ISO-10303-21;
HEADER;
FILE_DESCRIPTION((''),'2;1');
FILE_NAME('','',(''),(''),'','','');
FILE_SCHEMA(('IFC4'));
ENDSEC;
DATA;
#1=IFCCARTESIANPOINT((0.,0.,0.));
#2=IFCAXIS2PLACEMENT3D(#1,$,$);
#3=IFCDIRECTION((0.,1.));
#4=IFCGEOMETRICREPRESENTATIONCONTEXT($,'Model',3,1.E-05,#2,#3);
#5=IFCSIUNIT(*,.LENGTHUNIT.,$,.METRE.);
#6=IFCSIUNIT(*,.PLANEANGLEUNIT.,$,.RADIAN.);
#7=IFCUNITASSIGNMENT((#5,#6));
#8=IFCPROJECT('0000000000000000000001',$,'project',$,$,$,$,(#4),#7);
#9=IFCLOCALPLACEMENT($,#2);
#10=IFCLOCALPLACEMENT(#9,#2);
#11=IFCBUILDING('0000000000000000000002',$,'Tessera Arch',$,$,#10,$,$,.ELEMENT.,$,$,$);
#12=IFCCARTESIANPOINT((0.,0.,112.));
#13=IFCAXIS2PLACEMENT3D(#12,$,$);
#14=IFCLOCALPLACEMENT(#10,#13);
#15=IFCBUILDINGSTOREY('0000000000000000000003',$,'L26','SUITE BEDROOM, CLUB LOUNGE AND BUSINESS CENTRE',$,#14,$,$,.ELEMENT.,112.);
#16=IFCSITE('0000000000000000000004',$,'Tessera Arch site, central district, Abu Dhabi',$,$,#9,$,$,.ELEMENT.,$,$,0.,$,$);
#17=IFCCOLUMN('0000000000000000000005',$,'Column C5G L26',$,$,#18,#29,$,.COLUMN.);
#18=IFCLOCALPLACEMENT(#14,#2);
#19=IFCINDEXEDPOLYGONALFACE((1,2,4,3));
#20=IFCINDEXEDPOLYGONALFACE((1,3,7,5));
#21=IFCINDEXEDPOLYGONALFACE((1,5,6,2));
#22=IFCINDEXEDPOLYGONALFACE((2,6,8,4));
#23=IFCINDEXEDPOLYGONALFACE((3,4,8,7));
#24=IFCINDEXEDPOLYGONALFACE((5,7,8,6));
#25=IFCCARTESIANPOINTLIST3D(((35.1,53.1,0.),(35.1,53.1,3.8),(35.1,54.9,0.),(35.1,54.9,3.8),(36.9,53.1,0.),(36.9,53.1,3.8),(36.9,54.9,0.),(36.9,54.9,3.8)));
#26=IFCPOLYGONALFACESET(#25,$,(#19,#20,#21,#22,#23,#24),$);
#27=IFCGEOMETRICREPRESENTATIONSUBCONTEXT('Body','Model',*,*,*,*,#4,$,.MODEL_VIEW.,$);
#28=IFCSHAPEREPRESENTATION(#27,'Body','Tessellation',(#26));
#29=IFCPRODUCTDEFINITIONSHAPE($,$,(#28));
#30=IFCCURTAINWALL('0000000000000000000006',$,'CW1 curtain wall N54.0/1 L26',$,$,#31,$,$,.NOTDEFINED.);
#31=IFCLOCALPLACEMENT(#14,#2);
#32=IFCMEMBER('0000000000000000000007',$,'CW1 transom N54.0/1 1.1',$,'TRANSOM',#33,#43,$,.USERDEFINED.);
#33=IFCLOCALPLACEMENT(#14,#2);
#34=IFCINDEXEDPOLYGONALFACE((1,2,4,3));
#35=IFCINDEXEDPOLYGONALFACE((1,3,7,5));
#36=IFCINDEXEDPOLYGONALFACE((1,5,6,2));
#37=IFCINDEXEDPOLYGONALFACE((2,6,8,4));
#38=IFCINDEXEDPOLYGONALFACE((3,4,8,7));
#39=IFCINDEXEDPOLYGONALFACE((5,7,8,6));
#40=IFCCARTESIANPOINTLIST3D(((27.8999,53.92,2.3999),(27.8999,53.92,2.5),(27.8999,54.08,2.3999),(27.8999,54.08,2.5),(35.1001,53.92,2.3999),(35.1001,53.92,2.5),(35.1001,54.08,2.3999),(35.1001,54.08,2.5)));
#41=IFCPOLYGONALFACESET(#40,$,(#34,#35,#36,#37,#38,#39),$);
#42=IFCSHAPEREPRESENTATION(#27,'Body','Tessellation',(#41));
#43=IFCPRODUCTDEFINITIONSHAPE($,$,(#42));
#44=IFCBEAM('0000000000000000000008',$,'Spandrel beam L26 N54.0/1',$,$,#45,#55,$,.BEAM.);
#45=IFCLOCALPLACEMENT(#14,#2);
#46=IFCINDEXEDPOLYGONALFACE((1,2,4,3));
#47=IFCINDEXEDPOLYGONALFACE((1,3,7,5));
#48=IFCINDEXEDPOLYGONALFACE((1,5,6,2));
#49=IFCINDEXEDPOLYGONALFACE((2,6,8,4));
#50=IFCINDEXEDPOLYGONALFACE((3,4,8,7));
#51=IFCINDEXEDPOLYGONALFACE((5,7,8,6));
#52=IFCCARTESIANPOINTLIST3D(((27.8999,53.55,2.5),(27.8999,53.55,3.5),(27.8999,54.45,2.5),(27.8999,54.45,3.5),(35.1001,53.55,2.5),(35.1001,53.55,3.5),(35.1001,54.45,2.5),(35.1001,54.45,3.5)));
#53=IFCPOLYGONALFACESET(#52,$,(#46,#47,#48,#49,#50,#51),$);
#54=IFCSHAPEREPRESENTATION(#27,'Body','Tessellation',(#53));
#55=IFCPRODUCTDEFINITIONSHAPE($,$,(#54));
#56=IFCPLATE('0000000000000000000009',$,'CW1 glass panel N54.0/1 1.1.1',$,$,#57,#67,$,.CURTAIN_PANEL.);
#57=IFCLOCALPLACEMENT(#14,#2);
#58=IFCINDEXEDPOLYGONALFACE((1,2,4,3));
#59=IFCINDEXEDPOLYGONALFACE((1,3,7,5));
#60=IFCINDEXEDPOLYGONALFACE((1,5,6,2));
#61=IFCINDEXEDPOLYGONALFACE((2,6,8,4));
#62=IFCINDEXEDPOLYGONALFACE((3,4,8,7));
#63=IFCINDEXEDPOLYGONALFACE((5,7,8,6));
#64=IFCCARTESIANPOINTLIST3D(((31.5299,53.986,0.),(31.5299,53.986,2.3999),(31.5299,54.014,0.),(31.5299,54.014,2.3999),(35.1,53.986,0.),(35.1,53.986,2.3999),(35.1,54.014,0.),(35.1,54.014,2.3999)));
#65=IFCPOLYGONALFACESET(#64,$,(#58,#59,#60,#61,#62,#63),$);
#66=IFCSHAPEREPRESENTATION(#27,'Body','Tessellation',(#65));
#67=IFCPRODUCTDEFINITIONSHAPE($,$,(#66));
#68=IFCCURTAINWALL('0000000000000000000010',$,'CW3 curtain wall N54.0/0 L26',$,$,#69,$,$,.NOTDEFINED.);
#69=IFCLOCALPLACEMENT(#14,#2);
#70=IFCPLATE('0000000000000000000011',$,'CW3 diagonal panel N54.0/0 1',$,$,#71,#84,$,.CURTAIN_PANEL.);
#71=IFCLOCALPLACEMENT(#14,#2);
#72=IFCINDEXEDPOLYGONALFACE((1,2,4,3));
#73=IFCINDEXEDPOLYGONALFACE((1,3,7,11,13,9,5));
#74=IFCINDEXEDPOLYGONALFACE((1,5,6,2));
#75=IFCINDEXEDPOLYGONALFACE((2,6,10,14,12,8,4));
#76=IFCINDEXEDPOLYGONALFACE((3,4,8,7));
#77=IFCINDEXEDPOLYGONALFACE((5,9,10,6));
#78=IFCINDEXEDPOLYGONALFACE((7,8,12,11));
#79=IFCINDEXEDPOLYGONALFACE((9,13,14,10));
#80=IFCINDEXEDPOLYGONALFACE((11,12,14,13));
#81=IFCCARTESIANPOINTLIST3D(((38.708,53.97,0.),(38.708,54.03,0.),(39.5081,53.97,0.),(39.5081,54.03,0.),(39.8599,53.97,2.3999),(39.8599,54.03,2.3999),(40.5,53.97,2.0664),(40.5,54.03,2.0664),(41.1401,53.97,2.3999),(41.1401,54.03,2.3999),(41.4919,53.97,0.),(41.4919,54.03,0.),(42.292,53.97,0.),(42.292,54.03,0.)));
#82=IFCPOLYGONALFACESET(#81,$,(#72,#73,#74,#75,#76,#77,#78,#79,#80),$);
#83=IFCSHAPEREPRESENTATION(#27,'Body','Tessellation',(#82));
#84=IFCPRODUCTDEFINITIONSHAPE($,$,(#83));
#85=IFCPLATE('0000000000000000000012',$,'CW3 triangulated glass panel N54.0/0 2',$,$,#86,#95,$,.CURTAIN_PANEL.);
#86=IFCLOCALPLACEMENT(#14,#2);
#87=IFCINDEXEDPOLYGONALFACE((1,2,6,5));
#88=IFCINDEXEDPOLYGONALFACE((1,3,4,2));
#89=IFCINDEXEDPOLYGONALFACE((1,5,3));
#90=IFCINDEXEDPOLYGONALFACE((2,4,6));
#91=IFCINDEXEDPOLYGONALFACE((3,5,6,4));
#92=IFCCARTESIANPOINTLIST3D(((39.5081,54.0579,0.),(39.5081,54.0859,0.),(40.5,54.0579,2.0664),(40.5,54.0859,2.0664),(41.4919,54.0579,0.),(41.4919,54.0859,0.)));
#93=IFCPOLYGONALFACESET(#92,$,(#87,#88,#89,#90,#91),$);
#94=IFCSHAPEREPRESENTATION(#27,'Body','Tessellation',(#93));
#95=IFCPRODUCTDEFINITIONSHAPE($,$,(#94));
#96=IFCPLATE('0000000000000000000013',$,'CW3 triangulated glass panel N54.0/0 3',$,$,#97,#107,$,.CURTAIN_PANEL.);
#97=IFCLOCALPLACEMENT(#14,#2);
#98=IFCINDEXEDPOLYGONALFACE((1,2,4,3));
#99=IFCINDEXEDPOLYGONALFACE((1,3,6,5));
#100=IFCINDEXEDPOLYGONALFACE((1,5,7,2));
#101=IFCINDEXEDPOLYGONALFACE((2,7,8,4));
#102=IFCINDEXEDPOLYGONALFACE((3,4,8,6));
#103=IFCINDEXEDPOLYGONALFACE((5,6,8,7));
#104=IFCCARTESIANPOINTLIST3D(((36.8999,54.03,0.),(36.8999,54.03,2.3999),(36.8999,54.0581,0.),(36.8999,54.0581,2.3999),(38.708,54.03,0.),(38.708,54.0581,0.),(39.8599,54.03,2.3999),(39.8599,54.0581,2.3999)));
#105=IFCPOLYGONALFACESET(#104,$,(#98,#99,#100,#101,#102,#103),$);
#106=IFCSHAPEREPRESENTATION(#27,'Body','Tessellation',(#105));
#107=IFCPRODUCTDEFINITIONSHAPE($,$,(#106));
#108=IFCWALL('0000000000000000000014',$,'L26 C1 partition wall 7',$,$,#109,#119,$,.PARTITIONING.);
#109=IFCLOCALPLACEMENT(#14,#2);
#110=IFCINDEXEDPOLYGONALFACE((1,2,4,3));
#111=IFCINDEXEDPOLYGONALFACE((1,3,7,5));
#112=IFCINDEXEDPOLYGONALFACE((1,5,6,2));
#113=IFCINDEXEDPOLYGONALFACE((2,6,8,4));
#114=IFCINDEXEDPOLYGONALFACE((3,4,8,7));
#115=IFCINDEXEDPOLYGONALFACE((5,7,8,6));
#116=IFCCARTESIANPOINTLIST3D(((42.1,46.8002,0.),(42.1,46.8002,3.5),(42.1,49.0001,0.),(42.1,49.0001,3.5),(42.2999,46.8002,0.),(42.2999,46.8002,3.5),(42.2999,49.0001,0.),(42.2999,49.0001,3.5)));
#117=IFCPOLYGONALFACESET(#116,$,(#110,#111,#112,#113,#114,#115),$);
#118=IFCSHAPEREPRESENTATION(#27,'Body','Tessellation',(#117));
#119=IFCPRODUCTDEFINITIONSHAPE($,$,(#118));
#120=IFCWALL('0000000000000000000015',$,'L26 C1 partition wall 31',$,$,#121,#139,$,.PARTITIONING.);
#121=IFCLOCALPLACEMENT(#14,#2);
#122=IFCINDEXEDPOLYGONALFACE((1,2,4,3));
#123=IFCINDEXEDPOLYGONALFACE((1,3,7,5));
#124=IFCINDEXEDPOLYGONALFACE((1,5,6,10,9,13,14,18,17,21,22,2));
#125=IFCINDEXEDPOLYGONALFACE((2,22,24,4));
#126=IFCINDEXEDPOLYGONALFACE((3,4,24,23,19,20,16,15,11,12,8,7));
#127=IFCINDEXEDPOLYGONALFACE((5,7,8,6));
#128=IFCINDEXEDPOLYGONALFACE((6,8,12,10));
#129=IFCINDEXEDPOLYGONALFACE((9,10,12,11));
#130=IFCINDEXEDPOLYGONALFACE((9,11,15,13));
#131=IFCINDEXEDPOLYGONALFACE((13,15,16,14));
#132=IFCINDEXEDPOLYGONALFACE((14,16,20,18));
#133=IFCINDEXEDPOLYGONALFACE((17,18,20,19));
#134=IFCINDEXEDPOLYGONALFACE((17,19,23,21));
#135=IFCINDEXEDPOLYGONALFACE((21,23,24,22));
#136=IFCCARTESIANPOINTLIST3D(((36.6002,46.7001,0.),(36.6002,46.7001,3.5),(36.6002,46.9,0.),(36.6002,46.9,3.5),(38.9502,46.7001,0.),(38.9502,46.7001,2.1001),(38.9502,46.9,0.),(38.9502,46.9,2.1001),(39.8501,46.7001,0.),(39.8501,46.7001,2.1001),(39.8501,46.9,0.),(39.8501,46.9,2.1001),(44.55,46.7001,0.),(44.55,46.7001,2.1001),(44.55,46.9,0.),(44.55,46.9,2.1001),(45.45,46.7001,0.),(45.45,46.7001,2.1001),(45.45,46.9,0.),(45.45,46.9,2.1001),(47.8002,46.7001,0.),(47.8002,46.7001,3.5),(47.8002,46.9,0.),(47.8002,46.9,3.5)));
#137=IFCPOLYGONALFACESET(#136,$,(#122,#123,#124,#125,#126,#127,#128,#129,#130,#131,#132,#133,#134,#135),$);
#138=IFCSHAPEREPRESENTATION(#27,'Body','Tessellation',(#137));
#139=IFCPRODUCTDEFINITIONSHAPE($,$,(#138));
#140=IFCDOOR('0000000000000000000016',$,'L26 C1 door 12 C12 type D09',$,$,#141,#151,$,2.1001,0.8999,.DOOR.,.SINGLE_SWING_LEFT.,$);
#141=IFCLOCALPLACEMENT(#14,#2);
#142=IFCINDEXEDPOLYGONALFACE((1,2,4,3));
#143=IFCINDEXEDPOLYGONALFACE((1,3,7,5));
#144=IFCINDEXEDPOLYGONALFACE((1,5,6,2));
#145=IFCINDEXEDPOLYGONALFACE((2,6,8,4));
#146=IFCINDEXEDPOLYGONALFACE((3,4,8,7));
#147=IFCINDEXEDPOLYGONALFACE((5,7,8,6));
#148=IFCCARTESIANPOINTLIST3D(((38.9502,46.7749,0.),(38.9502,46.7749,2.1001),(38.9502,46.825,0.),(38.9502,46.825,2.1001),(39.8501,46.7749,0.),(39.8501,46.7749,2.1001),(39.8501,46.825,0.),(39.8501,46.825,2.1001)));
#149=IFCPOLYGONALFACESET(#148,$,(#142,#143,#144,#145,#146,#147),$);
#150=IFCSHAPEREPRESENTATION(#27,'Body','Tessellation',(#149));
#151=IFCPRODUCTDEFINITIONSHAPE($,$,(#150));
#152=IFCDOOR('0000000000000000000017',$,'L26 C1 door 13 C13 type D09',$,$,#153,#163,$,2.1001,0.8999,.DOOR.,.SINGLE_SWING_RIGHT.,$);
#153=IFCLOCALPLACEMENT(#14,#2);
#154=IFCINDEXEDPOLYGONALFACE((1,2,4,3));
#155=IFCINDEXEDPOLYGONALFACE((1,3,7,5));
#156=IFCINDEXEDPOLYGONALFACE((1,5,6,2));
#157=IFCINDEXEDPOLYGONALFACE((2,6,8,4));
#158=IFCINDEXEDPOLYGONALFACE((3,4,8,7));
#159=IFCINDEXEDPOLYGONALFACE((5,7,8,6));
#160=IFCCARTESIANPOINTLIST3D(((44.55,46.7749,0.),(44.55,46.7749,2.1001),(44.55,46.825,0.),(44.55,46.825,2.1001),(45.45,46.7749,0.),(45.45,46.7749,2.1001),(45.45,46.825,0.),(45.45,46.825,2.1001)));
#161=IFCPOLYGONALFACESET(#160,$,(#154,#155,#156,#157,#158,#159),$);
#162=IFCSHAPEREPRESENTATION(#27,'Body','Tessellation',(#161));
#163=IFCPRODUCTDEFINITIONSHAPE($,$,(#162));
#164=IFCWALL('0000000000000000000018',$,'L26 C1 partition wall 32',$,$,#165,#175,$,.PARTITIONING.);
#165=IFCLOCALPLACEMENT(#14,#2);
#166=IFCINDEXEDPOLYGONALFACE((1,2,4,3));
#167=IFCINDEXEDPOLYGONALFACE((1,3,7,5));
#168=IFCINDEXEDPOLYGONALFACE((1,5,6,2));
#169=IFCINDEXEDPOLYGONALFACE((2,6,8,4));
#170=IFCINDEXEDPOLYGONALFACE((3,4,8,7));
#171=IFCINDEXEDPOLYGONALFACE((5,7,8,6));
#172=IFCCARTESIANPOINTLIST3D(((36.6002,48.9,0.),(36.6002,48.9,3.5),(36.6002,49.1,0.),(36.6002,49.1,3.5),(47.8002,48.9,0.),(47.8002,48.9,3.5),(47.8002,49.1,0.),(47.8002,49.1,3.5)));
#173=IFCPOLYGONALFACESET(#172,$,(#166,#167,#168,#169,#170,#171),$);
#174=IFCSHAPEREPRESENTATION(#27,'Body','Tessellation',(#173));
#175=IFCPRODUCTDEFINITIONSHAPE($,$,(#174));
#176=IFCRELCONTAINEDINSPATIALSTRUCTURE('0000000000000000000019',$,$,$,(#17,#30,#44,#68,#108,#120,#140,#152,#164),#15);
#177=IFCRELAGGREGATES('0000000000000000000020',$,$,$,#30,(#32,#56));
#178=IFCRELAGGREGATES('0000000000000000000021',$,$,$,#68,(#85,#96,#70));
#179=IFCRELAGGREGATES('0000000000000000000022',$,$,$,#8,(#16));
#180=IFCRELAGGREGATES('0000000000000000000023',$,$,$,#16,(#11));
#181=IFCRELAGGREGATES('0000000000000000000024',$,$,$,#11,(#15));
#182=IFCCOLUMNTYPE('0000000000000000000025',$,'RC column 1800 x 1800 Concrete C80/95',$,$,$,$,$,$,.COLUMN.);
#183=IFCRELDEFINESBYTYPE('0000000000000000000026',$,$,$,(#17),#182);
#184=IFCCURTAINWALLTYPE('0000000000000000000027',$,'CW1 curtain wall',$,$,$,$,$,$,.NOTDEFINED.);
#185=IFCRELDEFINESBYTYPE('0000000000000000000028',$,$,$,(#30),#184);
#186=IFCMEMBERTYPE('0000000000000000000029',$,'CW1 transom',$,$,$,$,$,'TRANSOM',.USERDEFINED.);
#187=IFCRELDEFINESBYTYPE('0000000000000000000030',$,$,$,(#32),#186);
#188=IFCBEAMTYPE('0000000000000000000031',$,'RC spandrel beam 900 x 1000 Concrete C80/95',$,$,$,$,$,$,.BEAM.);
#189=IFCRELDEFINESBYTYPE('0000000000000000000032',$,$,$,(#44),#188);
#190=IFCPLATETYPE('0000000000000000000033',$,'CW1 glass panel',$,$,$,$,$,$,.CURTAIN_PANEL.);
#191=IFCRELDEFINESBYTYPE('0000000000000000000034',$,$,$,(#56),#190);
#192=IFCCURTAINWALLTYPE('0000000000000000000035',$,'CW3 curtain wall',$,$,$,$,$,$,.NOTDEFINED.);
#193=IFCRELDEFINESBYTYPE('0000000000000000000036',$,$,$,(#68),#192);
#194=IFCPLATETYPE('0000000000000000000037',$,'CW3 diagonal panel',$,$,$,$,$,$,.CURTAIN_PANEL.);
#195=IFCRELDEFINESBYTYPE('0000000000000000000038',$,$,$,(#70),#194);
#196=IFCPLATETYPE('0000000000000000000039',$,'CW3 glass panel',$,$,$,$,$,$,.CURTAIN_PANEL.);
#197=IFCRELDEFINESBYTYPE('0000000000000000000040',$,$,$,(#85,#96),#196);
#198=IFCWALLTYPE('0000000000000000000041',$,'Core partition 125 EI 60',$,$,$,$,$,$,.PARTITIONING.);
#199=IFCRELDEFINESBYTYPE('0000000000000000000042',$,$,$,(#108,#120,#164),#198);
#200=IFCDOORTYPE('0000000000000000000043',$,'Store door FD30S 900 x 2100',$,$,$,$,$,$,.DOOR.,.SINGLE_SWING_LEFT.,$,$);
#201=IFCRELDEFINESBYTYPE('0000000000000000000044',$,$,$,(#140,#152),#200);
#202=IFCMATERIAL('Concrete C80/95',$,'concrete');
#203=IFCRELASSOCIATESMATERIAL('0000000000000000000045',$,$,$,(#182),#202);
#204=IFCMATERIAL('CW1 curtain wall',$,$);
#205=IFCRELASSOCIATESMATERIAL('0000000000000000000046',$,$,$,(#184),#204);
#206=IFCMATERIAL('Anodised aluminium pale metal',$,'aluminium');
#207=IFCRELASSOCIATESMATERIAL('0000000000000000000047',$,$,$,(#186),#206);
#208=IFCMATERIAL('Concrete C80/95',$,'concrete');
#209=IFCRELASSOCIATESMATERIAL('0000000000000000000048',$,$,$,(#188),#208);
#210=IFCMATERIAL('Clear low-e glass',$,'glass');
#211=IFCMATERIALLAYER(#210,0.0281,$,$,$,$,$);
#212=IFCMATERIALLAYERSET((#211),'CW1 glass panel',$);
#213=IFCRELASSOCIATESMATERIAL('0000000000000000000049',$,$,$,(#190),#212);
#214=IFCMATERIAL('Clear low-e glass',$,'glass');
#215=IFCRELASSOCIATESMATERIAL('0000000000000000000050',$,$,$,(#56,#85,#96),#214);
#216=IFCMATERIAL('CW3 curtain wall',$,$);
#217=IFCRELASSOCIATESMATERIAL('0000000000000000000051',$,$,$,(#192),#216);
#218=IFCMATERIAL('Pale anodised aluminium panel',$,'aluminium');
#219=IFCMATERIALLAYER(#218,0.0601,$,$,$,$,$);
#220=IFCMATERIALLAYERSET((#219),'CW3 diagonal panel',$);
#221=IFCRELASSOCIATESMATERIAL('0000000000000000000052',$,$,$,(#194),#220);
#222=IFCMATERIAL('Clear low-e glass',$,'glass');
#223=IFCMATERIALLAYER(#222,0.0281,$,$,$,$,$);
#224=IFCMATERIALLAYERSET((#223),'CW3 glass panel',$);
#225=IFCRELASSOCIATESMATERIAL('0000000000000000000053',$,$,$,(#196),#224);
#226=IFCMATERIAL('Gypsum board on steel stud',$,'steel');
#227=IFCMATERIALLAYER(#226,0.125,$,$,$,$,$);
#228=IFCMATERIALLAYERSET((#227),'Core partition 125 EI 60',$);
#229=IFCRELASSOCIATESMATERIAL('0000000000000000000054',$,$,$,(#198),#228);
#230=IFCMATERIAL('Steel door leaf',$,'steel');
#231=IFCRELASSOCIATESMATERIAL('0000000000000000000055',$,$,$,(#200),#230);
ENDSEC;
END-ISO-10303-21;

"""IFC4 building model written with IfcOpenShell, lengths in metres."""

from ifc_helpers import new_model, si_unit, direction, frame, frame_2d, origin, origin_2d, place, context, subcontext, project, spatial, polyline, rectangle, outline, extrude, material, layer, layer_set, material_profile, profile_set, type_object, element, fill, aggregate, save


model = new_model("IFC4")

# Units and contexts
model_context = context("Model", 3, precision=1e-05, world=origin(), true_north=direction((0.0, 1.0)))
body_context = subcontext(model_context, "Body", "Model", "MODEL_VIEW")
ifc_project = project(units=[si_unit("LENGTHUNIT", "METRE"), si_unit("PLANEANGLEUNIT", "RADIAN")], contexts=[model_context])

# Site, building, storey
site_placement = place(None, origin())
site = spatial("IfcSite", under=ifc_project, at=site_placement, Name="Tessera Arch site, central district, Abu Dhabi", CompositionType="ELEMENT", RefElevation=0.0)
building_placement = place(site_placement, origin())
building = spatial("IfcBuilding", under=site, at=building_placement, Name="Tessera Arch", CompositionType="ELEMENT")
storey_placement = place(building_placement, frame((0.0, 0.0, 112.0)))
storey = spatial("IfcBuildingStorey", under=building, at=storey_placement, Name="L26", Description="SUITE BEDROOM, CLUB LOUNGE AND BUSINESS CENTRE", CompositionType="ELEMENT", Elevation=112.0)

# Column
ifc_material_1 = material(Name="Concrete C80/95", Category="concrete")
ifc_material_profile_1 = material_profile(ifc_material_1, rectangle(XDim=1.8, YDim=1.8, at=origin_2d()), Name="RC column 1800 x 1800 Concrete C80/95")
ifc_profile_set_1 = profile_set([ifc_material_profile_1], Name="Concrete C80/95")
column_type = type_object("IfcColumnType", Name="RC column 1800 x 1800 Concrete C80/95", PredefinedType="COLUMN", material=ifc_profile_set_1)
column_placement = place(storey_placement, frame((36.0, 54.0, 0.0), z_axis=(0.0, 0.0, 1.0), x_axis=(1.0, 0.0, 0.0)))
element("IfcColumn", 1, at=column_placement, inside=storey, type_object=column_type, Name="Column C5G L26", PredefinedType="COLUMN", context=body_context, shape_type="SweptSolid", body=[
    extrude(rectangle(XDim=1.8, YDim=1.8, at=origin_2d()), origin(), (0.0, 0.0, 1.0), 3.8),
])

# Curtain wall, member
ifc_material_2 = material(Name="CW1 curtain wall")
curtain_wall_type_1 = type_object("IfcCurtainWallType", Name="CW1 curtain wall", PredefinedType="NOTDEFINED", material=ifc_material_2)
curtain_wall_1_placement = place(storey_placement, origin())
curtain_wall_1 = element("IfcCurtainWall", 2, at=curtain_wall_1_placement, inside=storey, type_object=curtain_wall_type_1, Name="CW1 curtain wall N54.0/1 L26", PredefinedType="NOTDEFINED")
ifc_material_3 = material(Name="Anodised aluminium pale metal", Category="aluminium")
ifc_material_profile_2 = material_profile(ifc_material_3, rectangle(XDim=0.1599, YDim=0.1001, at=origin_2d()), Name="AL 160x100")
ifc_profile_set_2 = profile_set([ifc_material_profile_2], Name="Anodised aluminium pale metal")
member_type = type_object("IfcMemberType", Name="CW1 transom", ElementType="TRANSOM", PredefinedType="USERDEFINED", material=ifc_profile_set_2)
member_placement = place(storey_placement, frame((35.1001, 54.0, 2.45), z_axis=(-1.0, 0.0, 0.0), x_axis=(0.0, -1.0, 0.0)))
member = element("IfcMember", 3, at=member_placement, type_object=member_type, Name="CW1 transom N54.0/1 1.1", ObjectType="TRANSOM", PredefinedType="USERDEFINED", context=body_context, shape_type="SweptSolid", body=[
    extrude(rectangle(XDim=0.1599, YDim=0.1001, at=origin_2d()), origin(), (0.0, 0.0, 1.0), 7.2002),
])

# Beam
ifc_material_4 = material(Name="Concrete C80/95", Category="concrete")
ifc_material_profile_3 = material_profile(ifc_material_4, rectangle(XDim=0.8999, YDim=1.0, at=origin_2d()), Name="RC spandrel beam 900 x 1000 Concrete C80/95")
ifc_profile_set_3 = profile_set([ifc_material_profile_3], Name="Concrete C80/95")
beam_type = type_object("IfcBeamType", Name="RC spandrel beam 900 x 1000 Concrete C80/95", PredefinedType="BEAM", material=ifc_profile_set_3)
beam_placement = place(storey_placement, frame((35.1001, 54.0, 3.0), z_axis=(-1.0, 0.0, 0.0), x_axis=(0.0, -1.0, 0.0)))
element("IfcBeam", 4, at=beam_placement, inside=storey, type_object=beam_type, Name="Spandrel beam L26 N54.0/1", PredefinedType="BEAM", context=body_context, shape_type="SweptSolid", body=[
    extrude(rectangle(XDim=0.8999, YDim=1.0, at=origin_2d()), origin(), (0.0, 0.0, 1.0), 7.2002),
])

# Plate
ifc_material_5 = material(Name="Clear low-e glass", Category="glass")
ifc_material_6 = material(Name="Clear low-e glass", Category="glass")
ifc_layer_1 = layer(ifc_material_6, 0.0281)
ifc_layer_set_1 = layer_set([ifc_layer_1], Name="CW1 glass panel")
plate_type_1 = type_object("IfcPlateType", Name="CW1 glass panel", PredefinedType="CURTAIN_PANEL", material=ifc_layer_set_1)
plate_1_placement = place(storey_placement, frame((33.3149, 54.0, 0.0), z_axis=(0.0, 0.0, 1.0), x_axis=(-1.0, 0.0, 0.0)))
plate_1 = element("IfcPlate", 5, at=plate_1_placement, type_object=plate_type_1, material=ifc_material_5, Name="CW1 glass panel N54.0/1 1.1.1", PredefinedType="CURTAIN_PANEL", context=body_context, shape_type="SweptSolid", body=[
    extrude(rectangle(XDim=3.5701, YDim=0.0281, at=origin_2d()), origin(), (0.0, 0.0, 1.0), 2.3999),
])
aggregate(curtain_wall_1, [member, plate_1])

# Curtain wall, plates
ifc_material_7 = material(Name="CW3 curtain wall")
curtain_wall_type_2 = type_object("IfcCurtainWallType", Name="CW3 curtain wall", PredefinedType="NOTDEFINED", material=ifc_material_7)
curtain_wall_2_placement = place(storey_placement, origin())
curtain_wall_2 = element("IfcCurtainWall", 6, at=curtain_wall_2_placement, inside=storey, type_object=curtain_wall_type_2, Name="CW3 curtain wall N54.0/0 L26", PredefinedType="NOTDEFINED")
ifc_material_8 = material(Name="Pale anodised aluminium panel", Category="aluminium")
ifc_layer_2 = layer(ifc_material_8, 0.0601)
ifc_layer_set_2 = layer_set([ifc_layer_2], Name="CW3 diagonal panel")
plate_type_2 = type_object("IfcPlateType", Name="CW3 diagonal panel", PredefinedType="CURTAIN_PANEL", material=ifc_layer_set_2)
plate_2_placement = place(storey_placement, frame((39.8599, 54.03, 2.3999), z_axis=(0.0, 1.0, 0.0), x_axis=(1.0, 0.0, 0.0)))
plate_2 = element("IfcPlate", 7, at=plate_2_placement, type_object=plate_type_2, Name="CW3 diagonal panel N54.0/0 1", PredefinedType="CURTAIN_PANEL", context=body_context, shape_type="SweptSolid", body=[
    extrude(outline(polyline([(0.0, 0.0), (1.2803, 0.0), (2.4321, 2.3999), (1.6321, 2.3999), (0.6401, 0.3335), (-0.3518, 2.3999), (-1.1519, 2.3999), (0.0, 0.0)])), origin(), (0.0, 0.0, -1.0), 0.0601),
])
ifc_material_9 = material(Name="Clear low-e glass", Category="glass")
ifc_layer_3 = layer(ifc_material_9, 0.0281)
ifc_layer_set_3 = layer_set([ifc_layer_3], Name="CW3 glass panel")
plate_type_3 = type_object("IfcPlateType", Name="CW3 glass panel", PredefinedType="CURTAIN_PANEL", material=ifc_layer_set_3)
plate_3_placement = place(storey_placement, frame((41.4919, 54.0859, 0.0), z_axis=(0.0, 1.0, 0.0), x_axis=(-1.0, 0.0, 0.0)))
plate_3 = element("IfcPlate", 8, at=plate_3_placement, type_object=plate_type_3, material=ifc_material_5, Name="CW3 triangulated glass panel N54.0/0 2", PredefinedType="CURTAIN_PANEL", context=body_context, shape_type="SweptSolid", body=[
    extrude(outline(polyline([(0.0, 0.0), (1.9839, 0.0), (0.9919, 2.0664), (0.0, 0.0)])), origin(), (0.0, 0.0, -1.0), 0.0281),
])
plate_4_placement = place(storey_placement, frame((36.8999, 54.0581, 2.3999), z_axis=(0.0, 1.0, 0.0), x_axis=(1.0, 0.0, 0.0)))
plate_4 = element("IfcPlate", 9, at=plate_4_placement, type_object=plate_type_3, material=ifc_material_5, Name="CW3 triangulated glass panel N54.0/0 3", PredefinedType="CURTAIN_PANEL", context=body_context, shape_type="SweptSolid", body=[
    extrude(outline(polyline([(0.0, 0.0), (2.96, 0.0), (1.8081, 2.3999), (0.0, 2.3999), (0.0, 0.0)])), origin(), (0.0, 0.0, -1.0), 0.0281),
])

# Wall
ifc_material_10 = material(Name="Gypsum board on steel stud", Category="steel")
ifc_layer_4 = layer(ifc_material_10, 0.125)
ifc_layer_set_4 = layer_set([ifc_layer_4], Name="Core partition 125 EI 60")
wall_type_1 = type_object("IfcWallType", Name="Core partition 125 EI 60", PredefinedType="PARTITIONING", material=ifc_layer_set_4)
wall_1_placement = place(storey_placement, frame((42.2, 46.8, 0.0), z_axis=(0.0, 0.0, 1.0), x_axis=(0.0, 1.0, 0.0)))
element("IfcWall", 10, at=wall_1_placement, inside=storey, type_object=wall_type_1, Name="L26 C1 partition wall 7", PredefinedType="PARTITIONING", context=body_context, shape_type="SweptSolid", body=[
    extrude(rectangle(XDim=2.2, YDim=0.2, at=frame_2d((1.1001, 0.0))), origin(), (0.0, 0.0, 1.0), 3.5),
])

# Wall, openings, doors
wall_2_placement = place(storey_placement, frame((36.6001, 46.8, 0.0), z_axis=(0.0, 0.0, 1.0), x_axis=(1.0, 0.0, 0.0)))
wall_2 = element("IfcWall", 11, at=wall_2_placement, inside=storey, type_object=wall_type_1, Name="L26 C1 partition wall 31", PredefinedType="PARTITIONING", context=body_context, shape_type="SweptSolid", body=[
    extrude(rectangle(XDim=11.2, YDim=0.2, at=frame_2d((5.6001, 0.0))), origin(), (0.0, 0.0, 1.0), 3.5),
])
opening_1_placement = place(wall_2_placement, frame((2.3501, 0.0, 0.0)))
opening_1 = element("IfcOpeningElement", 12, at=opening_1_placement, cuts=wall_2, PredefinedType="OPENING", context=body_context, shape_type="SweptSolid", body=[
    extrude(rectangle(XDim=0.8999, YDim=2.1001, at=frame_2d((0.45, 1.05))), frame((0.0, 0.1099, 0.0), z_axis=(0.0, -1.0, 0.0), x_axis=(1.0, 0.0, 0.0)), (0.0, 0.0, 1.0), 0.22),
])
opening_2_placement = place(wall_2_placement, frame((7.95, 0.0, 0.0)))
opening_2 = element("IfcOpeningElement", 13, at=opening_2_placement, cuts=wall_2, PredefinedType="OPENING", context=body_context, shape_type="SweptSolid", body=[
    extrude(rectangle(XDim=0.8999, YDim=2.1001, at=frame_2d((0.45, 1.05))), frame((0.0, 0.1099, 0.0), z_axis=(0.0, -1.0, 0.0), x_axis=(1.0, 0.0, 0.0)), (0.0, 0.0, 1.0), 0.22),
])
ifc_material_11 = material(Name="Steel door leaf", Category="steel")
door_type_1 = type_object("IfcDoorType", Name="Store door FD30S 900 x 2100", OperationType="SINGLE_SWING_LEFT", PredefinedType="DOOR", material=ifc_material_11)
door_1_placement = place(opening_1_placement, origin())
door_1 = element("IfcDoor", 14, at=door_1_placement, inside=storey, type_object=door_type_1, Name="L26 C1 door 12 C12 type D09", OperationType="SINGLE_SWING_LEFT", OverallHeight=2.1001, OverallWidth=0.8999, PredefinedType="DOOR", context=body_context, shape_type="SweptSolid", body=[
    extrude(rectangle(XDim=0.8999, YDim=2.1001, at=frame_2d((0.45, 1.05))), frame((0.0, 0.0249, 0.0), z_axis=(0.0, -1.0, 0.0), x_axis=(1.0, 0.0, 0.0)), (0.0, 0.0, 1.0), 0.05),
])
fill(opening_1, door_1)
door_2_placement = place(opening_2_placement, origin())
door_2 = element("IfcDoor", 15, at=door_2_placement, inside=storey, type_object=door_type_1, Name="L26 C1 door 13 C13 type D09", OperationType="SINGLE_SWING_RIGHT", OverallHeight=2.1001, OverallWidth=0.8999, PredefinedType="DOOR", context=body_context, shape_type="SweptSolid", body=[
    extrude(rectangle(XDim=0.8999, YDim=2.1001, at=frame_2d((0.45, 1.05))), frame((0.0, 0.0249, 0.0), z_axis=(0.0, -1.0, 0.0), x_axis=(1.0, 0.0, 0.0)), (0.0, 0.0, 1.0), 0.05),
])
fill(opening_2, door_2)

# Wall
wall_3_placement = place(storey_placement, frame((36.6001, 49.0, 0.0), z_axis=(0.0, 0.0, 1.0), x_axis=(1.0, 0.0, 0.0)))
element("IfcWall", 16, at=wall_3_placement, inside=storey, type_object=wall_type_1, Name="L26 C1 partition wall 32", PredefinedType="PARTITIONING", context=body_context, shape_type="SweptSolid", body=[
    extrude(rectangle(XDim=11.2, YDim=0.2, at=frame_2d((5.6001, 0.0))), origin(), (0.0, 0.0, 1.0), 3.5),
])

aggregate(curtain_wall_2, [plate_3, plate_4, plate_2])

save(model, "model.ifc")
